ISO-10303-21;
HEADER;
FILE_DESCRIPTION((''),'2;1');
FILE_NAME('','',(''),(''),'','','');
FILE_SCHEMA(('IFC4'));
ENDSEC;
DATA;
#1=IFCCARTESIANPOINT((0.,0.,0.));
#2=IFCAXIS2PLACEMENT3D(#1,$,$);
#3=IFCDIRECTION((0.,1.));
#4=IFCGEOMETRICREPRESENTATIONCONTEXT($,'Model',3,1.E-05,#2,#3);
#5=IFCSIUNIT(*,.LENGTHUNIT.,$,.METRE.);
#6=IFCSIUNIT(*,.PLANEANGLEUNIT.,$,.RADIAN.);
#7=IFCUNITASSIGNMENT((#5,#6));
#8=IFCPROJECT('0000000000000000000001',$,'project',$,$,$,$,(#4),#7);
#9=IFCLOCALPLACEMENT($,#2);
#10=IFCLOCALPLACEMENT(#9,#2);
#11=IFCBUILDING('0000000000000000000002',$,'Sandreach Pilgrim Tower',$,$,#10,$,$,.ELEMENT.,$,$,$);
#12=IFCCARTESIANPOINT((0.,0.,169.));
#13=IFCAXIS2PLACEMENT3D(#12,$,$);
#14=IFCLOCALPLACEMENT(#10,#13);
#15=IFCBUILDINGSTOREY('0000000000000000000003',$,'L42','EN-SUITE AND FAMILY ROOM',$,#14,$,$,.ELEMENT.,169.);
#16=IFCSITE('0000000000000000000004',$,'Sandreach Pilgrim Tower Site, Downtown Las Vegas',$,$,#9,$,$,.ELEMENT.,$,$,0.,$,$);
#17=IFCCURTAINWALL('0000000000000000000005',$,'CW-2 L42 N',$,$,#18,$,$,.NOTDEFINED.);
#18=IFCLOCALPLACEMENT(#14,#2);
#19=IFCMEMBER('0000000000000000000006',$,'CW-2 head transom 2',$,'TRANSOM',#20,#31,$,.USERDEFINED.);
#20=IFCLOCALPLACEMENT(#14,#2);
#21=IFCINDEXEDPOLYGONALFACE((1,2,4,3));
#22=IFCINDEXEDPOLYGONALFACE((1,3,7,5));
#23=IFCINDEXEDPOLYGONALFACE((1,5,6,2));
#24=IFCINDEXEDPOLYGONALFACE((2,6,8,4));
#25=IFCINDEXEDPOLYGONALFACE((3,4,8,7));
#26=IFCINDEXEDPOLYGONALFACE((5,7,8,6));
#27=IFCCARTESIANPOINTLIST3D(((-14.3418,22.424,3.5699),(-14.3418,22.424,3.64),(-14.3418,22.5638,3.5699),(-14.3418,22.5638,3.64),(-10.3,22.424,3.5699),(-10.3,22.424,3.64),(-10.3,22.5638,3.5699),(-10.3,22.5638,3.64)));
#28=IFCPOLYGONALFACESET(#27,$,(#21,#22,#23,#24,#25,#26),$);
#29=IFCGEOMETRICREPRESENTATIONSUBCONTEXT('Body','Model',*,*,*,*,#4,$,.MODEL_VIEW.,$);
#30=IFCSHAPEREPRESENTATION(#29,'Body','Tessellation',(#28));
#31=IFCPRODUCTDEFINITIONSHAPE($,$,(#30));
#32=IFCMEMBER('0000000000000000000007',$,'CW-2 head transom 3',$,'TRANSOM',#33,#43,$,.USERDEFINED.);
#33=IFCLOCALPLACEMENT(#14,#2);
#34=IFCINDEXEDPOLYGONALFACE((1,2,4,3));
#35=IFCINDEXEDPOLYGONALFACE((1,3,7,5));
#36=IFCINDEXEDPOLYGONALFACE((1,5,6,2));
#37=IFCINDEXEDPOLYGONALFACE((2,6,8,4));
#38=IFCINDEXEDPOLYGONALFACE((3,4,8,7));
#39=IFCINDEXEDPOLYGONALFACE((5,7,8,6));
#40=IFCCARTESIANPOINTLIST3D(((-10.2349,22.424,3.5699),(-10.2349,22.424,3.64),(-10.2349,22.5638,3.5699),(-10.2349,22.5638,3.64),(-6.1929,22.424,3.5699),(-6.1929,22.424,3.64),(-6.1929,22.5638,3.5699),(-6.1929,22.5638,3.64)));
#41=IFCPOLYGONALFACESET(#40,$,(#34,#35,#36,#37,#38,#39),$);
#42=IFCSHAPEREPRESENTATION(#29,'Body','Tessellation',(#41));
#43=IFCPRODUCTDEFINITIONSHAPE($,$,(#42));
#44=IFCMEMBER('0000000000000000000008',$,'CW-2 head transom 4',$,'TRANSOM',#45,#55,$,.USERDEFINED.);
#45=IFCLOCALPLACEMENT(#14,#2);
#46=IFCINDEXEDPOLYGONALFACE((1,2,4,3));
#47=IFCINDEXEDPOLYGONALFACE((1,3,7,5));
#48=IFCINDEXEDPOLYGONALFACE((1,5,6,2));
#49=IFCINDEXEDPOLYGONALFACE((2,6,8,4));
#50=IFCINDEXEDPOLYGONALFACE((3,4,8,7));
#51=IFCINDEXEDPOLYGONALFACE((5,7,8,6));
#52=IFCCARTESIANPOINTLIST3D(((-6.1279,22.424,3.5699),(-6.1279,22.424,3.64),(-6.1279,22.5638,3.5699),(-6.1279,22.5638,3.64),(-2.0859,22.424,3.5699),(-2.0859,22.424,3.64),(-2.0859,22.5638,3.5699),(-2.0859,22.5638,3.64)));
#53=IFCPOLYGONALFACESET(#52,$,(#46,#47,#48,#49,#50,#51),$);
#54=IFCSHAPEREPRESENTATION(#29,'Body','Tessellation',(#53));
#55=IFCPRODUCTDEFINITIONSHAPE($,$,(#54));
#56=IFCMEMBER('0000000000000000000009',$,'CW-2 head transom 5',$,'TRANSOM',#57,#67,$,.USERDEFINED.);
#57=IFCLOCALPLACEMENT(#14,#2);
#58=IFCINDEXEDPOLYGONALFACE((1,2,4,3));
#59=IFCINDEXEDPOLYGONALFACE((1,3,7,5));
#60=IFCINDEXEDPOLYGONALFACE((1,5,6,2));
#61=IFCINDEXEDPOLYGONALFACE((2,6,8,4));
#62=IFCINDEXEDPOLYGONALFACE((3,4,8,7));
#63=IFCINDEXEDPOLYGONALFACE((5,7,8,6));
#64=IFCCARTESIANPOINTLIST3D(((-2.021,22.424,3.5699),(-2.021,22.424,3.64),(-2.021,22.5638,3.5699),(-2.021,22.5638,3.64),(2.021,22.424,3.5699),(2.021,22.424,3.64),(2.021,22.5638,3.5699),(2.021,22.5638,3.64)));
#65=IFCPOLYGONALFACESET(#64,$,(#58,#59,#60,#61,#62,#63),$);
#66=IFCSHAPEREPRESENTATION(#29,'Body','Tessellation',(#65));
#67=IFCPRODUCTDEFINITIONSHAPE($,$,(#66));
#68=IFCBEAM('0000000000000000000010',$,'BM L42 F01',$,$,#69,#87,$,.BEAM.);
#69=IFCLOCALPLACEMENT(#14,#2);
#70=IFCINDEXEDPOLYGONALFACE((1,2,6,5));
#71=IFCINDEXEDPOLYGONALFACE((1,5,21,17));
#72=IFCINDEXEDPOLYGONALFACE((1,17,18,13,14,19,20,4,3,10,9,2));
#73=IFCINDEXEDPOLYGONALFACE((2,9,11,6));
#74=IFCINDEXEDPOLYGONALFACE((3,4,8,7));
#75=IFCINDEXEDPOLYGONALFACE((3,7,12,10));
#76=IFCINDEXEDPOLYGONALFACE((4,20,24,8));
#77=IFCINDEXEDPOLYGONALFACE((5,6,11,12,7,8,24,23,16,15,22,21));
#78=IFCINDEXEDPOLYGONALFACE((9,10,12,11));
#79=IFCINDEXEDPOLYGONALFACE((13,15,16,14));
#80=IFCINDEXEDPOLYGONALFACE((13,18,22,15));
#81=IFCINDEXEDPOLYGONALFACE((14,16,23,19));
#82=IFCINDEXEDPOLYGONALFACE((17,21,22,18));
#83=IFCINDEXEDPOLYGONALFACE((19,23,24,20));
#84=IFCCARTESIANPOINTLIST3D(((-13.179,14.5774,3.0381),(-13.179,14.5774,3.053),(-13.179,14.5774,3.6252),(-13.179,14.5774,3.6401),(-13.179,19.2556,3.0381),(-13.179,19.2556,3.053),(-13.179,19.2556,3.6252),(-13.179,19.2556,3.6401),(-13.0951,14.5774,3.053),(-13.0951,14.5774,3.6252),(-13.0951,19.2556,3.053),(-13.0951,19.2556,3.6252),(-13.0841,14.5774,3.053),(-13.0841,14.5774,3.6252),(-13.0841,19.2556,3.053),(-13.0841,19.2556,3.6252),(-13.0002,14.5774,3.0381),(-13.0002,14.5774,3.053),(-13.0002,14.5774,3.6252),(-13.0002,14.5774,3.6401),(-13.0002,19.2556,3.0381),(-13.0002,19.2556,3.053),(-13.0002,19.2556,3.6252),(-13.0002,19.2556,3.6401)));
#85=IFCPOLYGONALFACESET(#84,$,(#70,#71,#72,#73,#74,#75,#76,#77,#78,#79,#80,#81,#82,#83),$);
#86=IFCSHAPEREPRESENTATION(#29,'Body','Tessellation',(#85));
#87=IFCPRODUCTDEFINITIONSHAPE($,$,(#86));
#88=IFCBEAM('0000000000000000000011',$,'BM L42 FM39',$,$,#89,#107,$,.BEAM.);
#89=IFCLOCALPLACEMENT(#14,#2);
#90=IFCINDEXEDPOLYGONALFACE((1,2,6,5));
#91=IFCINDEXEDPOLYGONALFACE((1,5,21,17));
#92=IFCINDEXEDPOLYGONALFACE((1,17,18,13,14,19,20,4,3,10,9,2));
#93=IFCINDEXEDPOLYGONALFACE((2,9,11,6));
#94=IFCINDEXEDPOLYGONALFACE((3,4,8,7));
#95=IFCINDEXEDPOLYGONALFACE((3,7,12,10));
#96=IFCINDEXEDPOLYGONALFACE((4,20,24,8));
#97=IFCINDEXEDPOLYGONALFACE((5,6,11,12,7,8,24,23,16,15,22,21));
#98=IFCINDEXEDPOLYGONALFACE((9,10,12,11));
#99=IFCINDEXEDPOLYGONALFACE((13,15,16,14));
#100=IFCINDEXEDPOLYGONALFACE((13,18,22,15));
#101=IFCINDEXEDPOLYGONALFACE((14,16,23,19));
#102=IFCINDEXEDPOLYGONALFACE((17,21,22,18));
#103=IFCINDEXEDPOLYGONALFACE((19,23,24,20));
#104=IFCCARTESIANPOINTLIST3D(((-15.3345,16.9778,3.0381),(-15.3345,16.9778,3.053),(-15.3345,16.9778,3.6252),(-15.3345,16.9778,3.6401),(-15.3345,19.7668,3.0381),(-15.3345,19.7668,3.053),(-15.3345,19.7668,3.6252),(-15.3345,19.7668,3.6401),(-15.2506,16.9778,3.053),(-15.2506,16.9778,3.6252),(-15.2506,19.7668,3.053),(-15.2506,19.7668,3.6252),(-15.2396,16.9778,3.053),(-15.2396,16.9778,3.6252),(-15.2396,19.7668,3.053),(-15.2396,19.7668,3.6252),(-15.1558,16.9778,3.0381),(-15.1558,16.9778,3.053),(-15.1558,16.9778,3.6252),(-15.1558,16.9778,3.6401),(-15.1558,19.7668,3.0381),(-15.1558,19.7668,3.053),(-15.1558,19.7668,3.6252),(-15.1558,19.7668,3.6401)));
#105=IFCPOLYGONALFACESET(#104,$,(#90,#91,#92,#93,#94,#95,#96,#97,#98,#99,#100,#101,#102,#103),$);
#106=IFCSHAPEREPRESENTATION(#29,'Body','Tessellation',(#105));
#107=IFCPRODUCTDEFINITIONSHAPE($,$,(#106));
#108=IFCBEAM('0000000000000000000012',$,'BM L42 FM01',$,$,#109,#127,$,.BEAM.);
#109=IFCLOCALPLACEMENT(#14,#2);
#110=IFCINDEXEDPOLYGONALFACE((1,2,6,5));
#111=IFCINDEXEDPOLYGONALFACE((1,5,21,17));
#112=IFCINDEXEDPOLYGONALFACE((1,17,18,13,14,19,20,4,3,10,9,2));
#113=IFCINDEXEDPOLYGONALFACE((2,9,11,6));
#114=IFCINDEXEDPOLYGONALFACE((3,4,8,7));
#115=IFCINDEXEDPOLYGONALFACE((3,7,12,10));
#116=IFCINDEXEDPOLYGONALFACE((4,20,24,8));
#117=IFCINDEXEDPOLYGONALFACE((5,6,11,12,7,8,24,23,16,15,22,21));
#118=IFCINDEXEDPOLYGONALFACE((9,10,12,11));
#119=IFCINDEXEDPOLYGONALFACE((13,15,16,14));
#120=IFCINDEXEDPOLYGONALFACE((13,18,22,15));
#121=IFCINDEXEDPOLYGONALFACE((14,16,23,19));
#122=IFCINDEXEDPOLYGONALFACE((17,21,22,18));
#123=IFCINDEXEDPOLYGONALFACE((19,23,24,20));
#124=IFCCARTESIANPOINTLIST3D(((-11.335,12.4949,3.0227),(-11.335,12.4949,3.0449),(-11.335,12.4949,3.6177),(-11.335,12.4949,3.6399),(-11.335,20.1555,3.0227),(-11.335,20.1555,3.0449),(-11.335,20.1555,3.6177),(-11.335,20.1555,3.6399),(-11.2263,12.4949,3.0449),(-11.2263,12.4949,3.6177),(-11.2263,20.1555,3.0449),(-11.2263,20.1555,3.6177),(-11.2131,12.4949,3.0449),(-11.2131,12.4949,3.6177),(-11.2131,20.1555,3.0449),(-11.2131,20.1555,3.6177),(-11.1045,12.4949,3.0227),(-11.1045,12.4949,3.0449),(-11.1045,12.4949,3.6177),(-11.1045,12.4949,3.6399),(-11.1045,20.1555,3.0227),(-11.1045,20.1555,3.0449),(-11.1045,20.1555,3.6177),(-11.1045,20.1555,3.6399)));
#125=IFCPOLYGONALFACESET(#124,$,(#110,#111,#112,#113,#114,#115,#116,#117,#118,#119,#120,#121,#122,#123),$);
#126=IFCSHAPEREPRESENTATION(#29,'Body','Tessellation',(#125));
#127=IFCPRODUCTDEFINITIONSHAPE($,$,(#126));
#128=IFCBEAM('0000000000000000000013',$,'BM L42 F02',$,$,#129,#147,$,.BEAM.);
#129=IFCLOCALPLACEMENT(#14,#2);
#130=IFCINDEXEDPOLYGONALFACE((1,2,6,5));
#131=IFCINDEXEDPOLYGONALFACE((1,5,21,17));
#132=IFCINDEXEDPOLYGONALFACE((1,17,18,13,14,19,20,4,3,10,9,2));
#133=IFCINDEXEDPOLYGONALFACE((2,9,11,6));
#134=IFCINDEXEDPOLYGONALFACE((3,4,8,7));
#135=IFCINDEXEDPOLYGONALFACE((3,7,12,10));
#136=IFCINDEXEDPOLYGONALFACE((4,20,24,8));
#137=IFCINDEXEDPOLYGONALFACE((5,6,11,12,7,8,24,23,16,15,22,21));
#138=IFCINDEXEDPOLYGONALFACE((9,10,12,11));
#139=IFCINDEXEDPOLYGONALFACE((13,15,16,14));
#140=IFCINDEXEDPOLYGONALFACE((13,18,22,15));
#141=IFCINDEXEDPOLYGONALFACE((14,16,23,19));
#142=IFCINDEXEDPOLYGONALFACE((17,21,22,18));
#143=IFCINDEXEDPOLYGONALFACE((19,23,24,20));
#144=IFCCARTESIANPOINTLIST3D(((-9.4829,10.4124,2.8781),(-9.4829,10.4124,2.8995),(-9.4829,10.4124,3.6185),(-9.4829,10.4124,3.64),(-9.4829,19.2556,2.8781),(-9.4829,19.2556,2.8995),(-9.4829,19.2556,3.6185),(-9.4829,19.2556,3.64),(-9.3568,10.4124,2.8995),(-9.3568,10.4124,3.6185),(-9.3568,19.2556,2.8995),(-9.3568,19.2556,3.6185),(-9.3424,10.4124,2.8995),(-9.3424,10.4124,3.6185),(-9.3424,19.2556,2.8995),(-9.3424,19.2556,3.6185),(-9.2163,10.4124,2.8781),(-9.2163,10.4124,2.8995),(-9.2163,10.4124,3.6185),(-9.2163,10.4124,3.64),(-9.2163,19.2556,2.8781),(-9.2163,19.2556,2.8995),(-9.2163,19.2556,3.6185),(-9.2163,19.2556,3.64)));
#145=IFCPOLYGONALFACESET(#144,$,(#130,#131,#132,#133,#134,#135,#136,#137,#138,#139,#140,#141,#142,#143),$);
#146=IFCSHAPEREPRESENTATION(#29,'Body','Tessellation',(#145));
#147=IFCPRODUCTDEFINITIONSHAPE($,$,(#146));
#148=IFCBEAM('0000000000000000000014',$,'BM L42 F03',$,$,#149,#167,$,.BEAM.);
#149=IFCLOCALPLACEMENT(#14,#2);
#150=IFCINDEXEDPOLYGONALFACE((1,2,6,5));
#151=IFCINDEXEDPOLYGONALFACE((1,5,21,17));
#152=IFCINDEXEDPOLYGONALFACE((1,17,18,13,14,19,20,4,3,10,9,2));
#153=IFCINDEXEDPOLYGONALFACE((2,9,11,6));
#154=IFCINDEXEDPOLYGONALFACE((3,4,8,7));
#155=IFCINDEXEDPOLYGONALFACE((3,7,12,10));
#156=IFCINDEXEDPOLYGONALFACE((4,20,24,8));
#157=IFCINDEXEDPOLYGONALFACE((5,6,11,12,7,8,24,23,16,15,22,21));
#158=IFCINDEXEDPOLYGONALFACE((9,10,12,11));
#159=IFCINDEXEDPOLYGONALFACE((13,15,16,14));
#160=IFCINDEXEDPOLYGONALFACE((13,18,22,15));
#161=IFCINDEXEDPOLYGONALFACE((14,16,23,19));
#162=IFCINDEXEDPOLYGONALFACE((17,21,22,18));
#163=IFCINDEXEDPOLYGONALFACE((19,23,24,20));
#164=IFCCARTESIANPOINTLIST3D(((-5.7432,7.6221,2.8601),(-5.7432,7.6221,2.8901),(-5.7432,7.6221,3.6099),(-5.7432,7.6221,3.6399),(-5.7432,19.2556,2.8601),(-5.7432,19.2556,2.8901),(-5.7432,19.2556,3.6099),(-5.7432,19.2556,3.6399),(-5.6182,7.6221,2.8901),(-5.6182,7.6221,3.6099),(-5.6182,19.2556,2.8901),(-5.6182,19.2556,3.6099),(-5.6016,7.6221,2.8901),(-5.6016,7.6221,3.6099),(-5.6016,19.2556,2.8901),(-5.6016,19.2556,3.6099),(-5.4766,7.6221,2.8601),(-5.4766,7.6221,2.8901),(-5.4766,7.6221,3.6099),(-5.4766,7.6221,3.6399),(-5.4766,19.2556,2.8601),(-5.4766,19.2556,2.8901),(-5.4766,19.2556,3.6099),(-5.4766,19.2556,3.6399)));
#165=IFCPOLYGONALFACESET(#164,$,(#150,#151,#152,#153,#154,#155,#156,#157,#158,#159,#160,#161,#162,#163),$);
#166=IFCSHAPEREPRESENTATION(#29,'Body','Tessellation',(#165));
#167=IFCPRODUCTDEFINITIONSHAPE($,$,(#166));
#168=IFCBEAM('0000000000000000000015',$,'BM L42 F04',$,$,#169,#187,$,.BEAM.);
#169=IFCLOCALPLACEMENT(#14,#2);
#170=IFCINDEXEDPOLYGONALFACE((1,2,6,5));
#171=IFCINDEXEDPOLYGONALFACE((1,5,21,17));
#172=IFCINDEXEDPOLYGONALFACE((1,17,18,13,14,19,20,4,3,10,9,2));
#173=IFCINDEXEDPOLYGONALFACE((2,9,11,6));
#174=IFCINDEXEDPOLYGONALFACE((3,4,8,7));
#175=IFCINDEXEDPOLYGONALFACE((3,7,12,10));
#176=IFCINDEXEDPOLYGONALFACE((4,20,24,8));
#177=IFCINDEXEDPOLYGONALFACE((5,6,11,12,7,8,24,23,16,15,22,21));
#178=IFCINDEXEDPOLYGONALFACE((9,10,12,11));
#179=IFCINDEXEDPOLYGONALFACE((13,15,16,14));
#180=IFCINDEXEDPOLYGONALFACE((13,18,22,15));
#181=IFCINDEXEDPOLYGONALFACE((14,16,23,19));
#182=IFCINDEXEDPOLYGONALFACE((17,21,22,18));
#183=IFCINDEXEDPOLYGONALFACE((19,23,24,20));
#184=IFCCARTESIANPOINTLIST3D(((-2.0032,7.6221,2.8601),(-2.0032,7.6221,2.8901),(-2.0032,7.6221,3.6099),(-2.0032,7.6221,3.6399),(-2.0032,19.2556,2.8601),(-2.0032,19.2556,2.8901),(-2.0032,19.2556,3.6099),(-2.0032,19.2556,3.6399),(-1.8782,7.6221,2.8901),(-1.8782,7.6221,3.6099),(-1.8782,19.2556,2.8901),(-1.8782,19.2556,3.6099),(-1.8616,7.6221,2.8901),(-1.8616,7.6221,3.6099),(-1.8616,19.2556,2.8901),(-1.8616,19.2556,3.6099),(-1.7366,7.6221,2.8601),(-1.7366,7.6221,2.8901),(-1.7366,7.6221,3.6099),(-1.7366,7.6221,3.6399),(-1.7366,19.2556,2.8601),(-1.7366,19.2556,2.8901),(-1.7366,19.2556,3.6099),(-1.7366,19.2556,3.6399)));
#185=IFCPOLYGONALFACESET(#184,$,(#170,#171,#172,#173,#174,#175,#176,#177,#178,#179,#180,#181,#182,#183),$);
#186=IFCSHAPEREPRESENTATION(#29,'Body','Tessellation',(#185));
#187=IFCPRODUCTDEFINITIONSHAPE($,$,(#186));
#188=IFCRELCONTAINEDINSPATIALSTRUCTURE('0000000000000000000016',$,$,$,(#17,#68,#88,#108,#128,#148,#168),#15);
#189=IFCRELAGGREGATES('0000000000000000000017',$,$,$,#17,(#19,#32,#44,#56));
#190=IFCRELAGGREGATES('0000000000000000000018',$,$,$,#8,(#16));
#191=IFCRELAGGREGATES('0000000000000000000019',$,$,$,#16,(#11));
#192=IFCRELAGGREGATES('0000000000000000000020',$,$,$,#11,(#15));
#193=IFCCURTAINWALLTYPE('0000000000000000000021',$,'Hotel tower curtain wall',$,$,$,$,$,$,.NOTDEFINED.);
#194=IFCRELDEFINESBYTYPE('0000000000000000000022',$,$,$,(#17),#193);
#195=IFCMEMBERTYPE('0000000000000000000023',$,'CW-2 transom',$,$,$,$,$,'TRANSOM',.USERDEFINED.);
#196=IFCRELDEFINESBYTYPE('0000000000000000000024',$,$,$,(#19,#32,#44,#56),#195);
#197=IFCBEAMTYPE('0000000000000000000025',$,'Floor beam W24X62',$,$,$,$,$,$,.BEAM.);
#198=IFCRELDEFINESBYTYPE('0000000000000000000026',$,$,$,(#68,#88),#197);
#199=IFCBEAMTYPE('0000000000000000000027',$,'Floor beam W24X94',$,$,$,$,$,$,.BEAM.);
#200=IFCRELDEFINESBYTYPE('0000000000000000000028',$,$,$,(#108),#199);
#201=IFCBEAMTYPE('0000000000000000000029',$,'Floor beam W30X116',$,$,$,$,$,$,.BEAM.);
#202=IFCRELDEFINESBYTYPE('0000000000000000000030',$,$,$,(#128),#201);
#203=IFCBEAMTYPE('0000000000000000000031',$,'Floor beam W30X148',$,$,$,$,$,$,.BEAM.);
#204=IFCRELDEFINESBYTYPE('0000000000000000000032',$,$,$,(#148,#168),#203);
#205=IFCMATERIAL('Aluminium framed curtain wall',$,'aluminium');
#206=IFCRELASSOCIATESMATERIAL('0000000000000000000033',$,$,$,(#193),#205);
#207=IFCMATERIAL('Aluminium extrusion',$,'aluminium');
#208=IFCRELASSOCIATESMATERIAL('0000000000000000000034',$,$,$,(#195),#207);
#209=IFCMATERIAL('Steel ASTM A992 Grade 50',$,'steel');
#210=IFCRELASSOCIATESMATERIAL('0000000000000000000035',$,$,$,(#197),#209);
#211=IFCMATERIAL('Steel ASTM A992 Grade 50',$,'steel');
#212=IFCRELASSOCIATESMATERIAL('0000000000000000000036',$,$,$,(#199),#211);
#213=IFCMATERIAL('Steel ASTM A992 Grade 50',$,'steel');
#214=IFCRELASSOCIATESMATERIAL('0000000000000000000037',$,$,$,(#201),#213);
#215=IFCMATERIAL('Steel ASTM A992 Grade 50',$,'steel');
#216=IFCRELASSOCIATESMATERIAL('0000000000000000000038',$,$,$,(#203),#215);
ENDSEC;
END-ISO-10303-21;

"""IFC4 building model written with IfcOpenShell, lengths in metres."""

from ifc_helpers import new_model, si_unit, direction, frame, origin, origin_2d, place, context, subcontext, project, spatial, rectangle, i_section, extrude, material, material_profile, profile_set, type_object, element, aggregate, save


model = new_model("IFC4")

# Units and contexts
model_context = context("Model", 3, precision=1e-05, world=origin(), true_north=direction((0.0, 1.0)))
body_context = subcontext(model_context, "Body", "Model", "MODEL_VIEW")
ifc_project = project(units=[si_unit("LENGTHUNIT", "METRE"), si_unit("PLANEANGLEUNIT", "RADIAN")], contexts=[model_context])

# Site, building, storey
site_placement = place(None, origin())
site = spatial("IfcSite", under=ifc_project, at=site_placement, Name="Sandreach Pilgrim Tower Site, Downtown Las Vegas", CompositionType="ELEMENT", RefElevation=0.0)
building_placement = place(site_placement, origin())
building = spatial("IfcBuilding", under=site, at=building_placement, Name="Sandreach Pilgrim Tower", CompositionType="ELEMENT")
storey_placement = place(building_placement, frame((0.0, 0.0, 169.0)))
storey = spatial("IfcBuildingStorey", under=building, at=storey_placement, Name="L42", Description="EN-SUITE AND FAMILY ROOM", CompositionType="ELEMENT", Elevation=169.0)

# Curtain wall, members
ifc_material_1 = material(Name="Aluminium framed curtain wall", Category="aluminium")
curtain_wall_type = type_object("IfcCurtainWallType", Name="Hotel tower curtain wall", PredefinedType="NOTDEFINED", material=ifc_material_1)
curtain_wall_placement = place(storey_placement, origin())
curtain_wall = element("IfcCurtainWall", 1, at=curtain_wall_placement, inside=storey, type_object=curtain_wall_type, Name="CW-2 L42 N", PredefinedType="NOTDEFINED")
ifc_material_2 = material(Name="Aluminium extrusion", Category="aluminium")
ifc_material_profile_1 = material_profile(ifc_material_2, rectangle(XDim=0.1399, YDim=0.0701, at=origin_2d()), Name="CW-2T 140X70")
ifc_profile_set_1 = profile_set([ifc_material_profile_1], Name="Aluminium extrusion")
member_type_1 = type_object("IfcMemberType", Name="CW-2 transom", ElementType="TRANSOM", PredefinedType="USERDEFINED", material=ifc_profile_set_1)
member_1_placement = place(storey_placement, frame((-14.3418, 22.4939, 3.605), z_axis=(1.0, 0.0, 0.0), x_axis=(0.0, 1.0, 0.0)))
member_1 = element("IfcMember", 2, at=member_1_placement, type_object=member_type_1, Name="CW-2 head transom 2", ObjectType="TRANSOM", PredefinedType="USERDEFINED", context=body_context, shape_type="SweptSolid", body=[
    extrude(rectangle(XDim=0.1399, YDim=0.0701, at=origin_2d()), origin(), (0.0, 0.0, 1.0), 4.0417),
])
member_2_placement = place(storey_placement, frame((-10.2349, 22.4939, 3.605), z_axis=(1.0, 0.0, 0.0), x_axis=(0.0, 1.0, 0.0)))
member_2 = element("IfcMember", 3, at=member_2_placement, type_object=member_type_1, Name="CW-2 head transom 3", ObjectType="TRANSOM", PredefinedType="USERDEFINED", context=body_context, shape_type="SweptSolid", body=[
    extrude(rectangle(XDim=0.1399, YDim=0.0701, at=origin_2d()), origin(), (0.0, 0.0, 1.0), 4.042),
])
member_3_placement = place(storey_placement, frame((-6.1279, 22.4939, 3.605), z_axis=(1.0, 0.0, 0.0), x_axis=(0.0, 1.0, 0.0)))
member_3 = element("IfcMember", 4, at=member_3_placement, type_object=member_type_1, Name="CW-2 head transom 4", ObjectType="TRANSOM", PredefinedType="USERDEFINED", context=body_context, shape_type="SweptSolid", body=[
    extrude(rectangle(XDim=0.1399, YDim=0.0701, at=origin_2d()), origin(), (0.0, 0.0, 1.0), 4.042),
])
member_4_placement = place(storey_placement, frame((-2.021, 22.4939, 3.605), z_axis=(1.0, 0.0, 0.0), x_axis=(0.0, 1.0, 0.0)))
member_4 = element("IfcMember", 5, at=member_4_placement, type_object=member_type_1, Name="CW-2 head transom 5", ObjectType="TRANSOM", PredefinedType="USERDEFINED", context=body_context, shape_type="SweptSolid", body=[
    extrude(rectangle(XDim=0.1399, YDim=0.0701, at=origin_2d()), origin(), (0.0, 0.0, 1.0), 4.042),
])

# Beams
ifc_material_3 = material(Name="Steel ASTM A992 Grade 50", Category="steel")
ifc_material_profile_2 = material_profile(ifc_material_3, i_section(OverallWidth=0.1787, OverallDepth=0.6021, WebThickness=0.011, FlangeThickness=0.0149, at=origin_2d()), Name="W24X62")
ifc_profile_set_2 = profile_set([ifc_material_profile_2], Name="Steel ASTM A992 Grade 50")
beam_type_1 = type_object("IfcBeamType", Name="Floor beam W24X62", PredefinedType="BEAM", material=ifc_profile_set_2)
beam_1_placement = place(storey_placement, frame((-13.0896, 19.2556, 3.3391), z_axis=(0.0, -1.0, 0.0), x_axis=(1.0, 0.0, 0.0)))
element("IfcBeam", 6, at=beam_1_placement, inside=storey, type_object=beam_type_1, Name="BM L42 F01", PredefinedType="BEAM", context=body_context, shape_type="SweptSolid", body=[
    extrude(i_section(OverallWidth=0.1787, OverallDepth=0.6021, WebThickness=0.011, FlangeThickness=0.0149, at=origin_2d()), origin(), (0.0, 0.0, 1.0), 4.6782),
])
beam_2_placement = place(storey_placement, frame((-15.2451, 19.7668, 3.3391), z_axis=(0.0, -1.0, 0.0), x_axis=(1.0, 0.0, 0.0)))
element("IfcBeam", 7, at=beam_2_placement, inside=storey, type_object=beam_type_1, Name="BM L42 FM39", PredefinedType="BEAM", context=body_context, shape_type="SweptSolid", body=[
    extrude(i_section(OverallWidth=0.1787, OverallDepth=0.6021, WebThickness=0.011, FlangeThickness=0.0149, at=origin_2d()), origin(), (0.0, 0.0, 1.0), 2.7891),
])
ifc_material_4 = material(Name="Steel ASTM A992 Grade 50", Category="steel")
ifc_material_profile_3 = material_profile(ifc_material_4, i_section(OverallWidth=0.2305, OverallDepth=0.6172, WebThickness=0.0132, FlangeThickness=0.0222, at=origin_2d()), Name="W24X94")
ifc_profile_set_3 = profile_set([ifc_material_profile_3], Name="Steel ASTM A992 Grade 50")
beam_type_2 = type_object("IfcBeamType", Name="Floor beam W24X94", PredefinedType="BEAM", material=ifc_profile_set_3)
beam_3_placement = place(storey_placement, frame((-11.2197, 20.1555, 3.3313), z_axis=(0.0, -1.0, 0.0), x_axis=(1.0, 0.0, 0.0)))
element("IfcBeam", 8, at=beam_3_placement, inside=storey, type_object=beam_type_2, Name="BM L42 FM01", PredefinedType="BEAM", context=body_context, shape_type="SweptSolid", body=[
    extrude(i_section(OverallWidth=0.2305, OverallDepth=0.6172, WebThickness=0.0132, FlangeThickness=0.0222, at=origin_2d()), origin(), (0.0, 0.0, 1.0), 7.6606),
])
ifc_material_5 = material(Name="Steel ASTM A992 Grade 50", Category="steel")
ifc_material_profile_4 = material_profile(ifc_material_5, i_section(OverallWidth=0.2666, OverallDepth=0.762, WebThickness=0.0144, FlangeThickness=0.0215, at=origin_2d()), Name="W30X116")
ifc_profile_set_4 = profile_set([ifc_material_profile_4], Name="Steel ASTM A992 Grade 50")
beam_type_3 = type_object("IfcBeamType", Name="Floor beam W30X116", PredefinedType="BEAM", material=ifc_profile_set_4)
beam_4_placement = place(storey_placement, frame((-9.3496, 19.2556, 3.259), z_axis=(0.0, -1.0, 0.0), x_axis=(1.0, 0.0, 0.0)))
element("IfcBeam", 9, at=beam_4_placement, inside=storey, type_object=beam_type_3, Name="BM L42 F02", PredefinedType="BEAM", context=body_context, shape_type="SweptSolid", body=[
    extrude(i_section(OverallWidth=0.2666, OverallDepth=0.762, WebThickness=0.0144, FlangeThickness=0.0215, at=origin_2d()), origin(), (0.0, 0.0, 1.0), 8.8433),
])
ifc_material_6 = material(Name="Steel ASTM A992 Grade 50", Category="steel")
ifc_material_profile_5 = material_profile(ifc_material_6, i_section(OverallWidth=0.2666, OverallDepth=0.7798, WebThickness=0.0166, FlangeThickness=0.03, at=origin_2d()), Name="W30X148")
ifc_profile_set_5 = profile_set([ifc_material_profile_5], Name="Steel ASTM A992 Grade 50")
beam_type_4 = type_object("IfcBeamType", Name="Floor beam W30X148", PredefinedType="BEAM", material=ifc_profile_set_5)
for number, where, z_axis, x_axis, name in (
    (10, (-5.6099, 19.2556, 3.25), (0.0, -1.0, 0.0), (1.0, 0.0, 0.0), "BM L42 F03"),
    (11, (-1.8699, 19.2556, 3.25), (0.0, -1.0, 0.0), (1.0, 0.0, 0.0), "BM L42 F04"),
):
    element("IfcBeam", number, at=place(storey_placement, frame(where, z_axis=z_axis, x_axis=x_axis)), inside=storey, type_object=beam_type_4, Name=name, PredefinedType="BEAM", context=body_context, shape_type="SweptSolid", body=[
        extrude(i_section(OverallWidth=0.2666, OverallDepth=0.7798, WebThickness=0.0166, FlangeThickness=0.03, at=origin_2d()), origin(), (0.0, 0.0, 1.0), 11.6335),
    ])

aggregate(curtain_wall, [member_1, member_2, member_3, member_4])

save(model, "model.ifc")
